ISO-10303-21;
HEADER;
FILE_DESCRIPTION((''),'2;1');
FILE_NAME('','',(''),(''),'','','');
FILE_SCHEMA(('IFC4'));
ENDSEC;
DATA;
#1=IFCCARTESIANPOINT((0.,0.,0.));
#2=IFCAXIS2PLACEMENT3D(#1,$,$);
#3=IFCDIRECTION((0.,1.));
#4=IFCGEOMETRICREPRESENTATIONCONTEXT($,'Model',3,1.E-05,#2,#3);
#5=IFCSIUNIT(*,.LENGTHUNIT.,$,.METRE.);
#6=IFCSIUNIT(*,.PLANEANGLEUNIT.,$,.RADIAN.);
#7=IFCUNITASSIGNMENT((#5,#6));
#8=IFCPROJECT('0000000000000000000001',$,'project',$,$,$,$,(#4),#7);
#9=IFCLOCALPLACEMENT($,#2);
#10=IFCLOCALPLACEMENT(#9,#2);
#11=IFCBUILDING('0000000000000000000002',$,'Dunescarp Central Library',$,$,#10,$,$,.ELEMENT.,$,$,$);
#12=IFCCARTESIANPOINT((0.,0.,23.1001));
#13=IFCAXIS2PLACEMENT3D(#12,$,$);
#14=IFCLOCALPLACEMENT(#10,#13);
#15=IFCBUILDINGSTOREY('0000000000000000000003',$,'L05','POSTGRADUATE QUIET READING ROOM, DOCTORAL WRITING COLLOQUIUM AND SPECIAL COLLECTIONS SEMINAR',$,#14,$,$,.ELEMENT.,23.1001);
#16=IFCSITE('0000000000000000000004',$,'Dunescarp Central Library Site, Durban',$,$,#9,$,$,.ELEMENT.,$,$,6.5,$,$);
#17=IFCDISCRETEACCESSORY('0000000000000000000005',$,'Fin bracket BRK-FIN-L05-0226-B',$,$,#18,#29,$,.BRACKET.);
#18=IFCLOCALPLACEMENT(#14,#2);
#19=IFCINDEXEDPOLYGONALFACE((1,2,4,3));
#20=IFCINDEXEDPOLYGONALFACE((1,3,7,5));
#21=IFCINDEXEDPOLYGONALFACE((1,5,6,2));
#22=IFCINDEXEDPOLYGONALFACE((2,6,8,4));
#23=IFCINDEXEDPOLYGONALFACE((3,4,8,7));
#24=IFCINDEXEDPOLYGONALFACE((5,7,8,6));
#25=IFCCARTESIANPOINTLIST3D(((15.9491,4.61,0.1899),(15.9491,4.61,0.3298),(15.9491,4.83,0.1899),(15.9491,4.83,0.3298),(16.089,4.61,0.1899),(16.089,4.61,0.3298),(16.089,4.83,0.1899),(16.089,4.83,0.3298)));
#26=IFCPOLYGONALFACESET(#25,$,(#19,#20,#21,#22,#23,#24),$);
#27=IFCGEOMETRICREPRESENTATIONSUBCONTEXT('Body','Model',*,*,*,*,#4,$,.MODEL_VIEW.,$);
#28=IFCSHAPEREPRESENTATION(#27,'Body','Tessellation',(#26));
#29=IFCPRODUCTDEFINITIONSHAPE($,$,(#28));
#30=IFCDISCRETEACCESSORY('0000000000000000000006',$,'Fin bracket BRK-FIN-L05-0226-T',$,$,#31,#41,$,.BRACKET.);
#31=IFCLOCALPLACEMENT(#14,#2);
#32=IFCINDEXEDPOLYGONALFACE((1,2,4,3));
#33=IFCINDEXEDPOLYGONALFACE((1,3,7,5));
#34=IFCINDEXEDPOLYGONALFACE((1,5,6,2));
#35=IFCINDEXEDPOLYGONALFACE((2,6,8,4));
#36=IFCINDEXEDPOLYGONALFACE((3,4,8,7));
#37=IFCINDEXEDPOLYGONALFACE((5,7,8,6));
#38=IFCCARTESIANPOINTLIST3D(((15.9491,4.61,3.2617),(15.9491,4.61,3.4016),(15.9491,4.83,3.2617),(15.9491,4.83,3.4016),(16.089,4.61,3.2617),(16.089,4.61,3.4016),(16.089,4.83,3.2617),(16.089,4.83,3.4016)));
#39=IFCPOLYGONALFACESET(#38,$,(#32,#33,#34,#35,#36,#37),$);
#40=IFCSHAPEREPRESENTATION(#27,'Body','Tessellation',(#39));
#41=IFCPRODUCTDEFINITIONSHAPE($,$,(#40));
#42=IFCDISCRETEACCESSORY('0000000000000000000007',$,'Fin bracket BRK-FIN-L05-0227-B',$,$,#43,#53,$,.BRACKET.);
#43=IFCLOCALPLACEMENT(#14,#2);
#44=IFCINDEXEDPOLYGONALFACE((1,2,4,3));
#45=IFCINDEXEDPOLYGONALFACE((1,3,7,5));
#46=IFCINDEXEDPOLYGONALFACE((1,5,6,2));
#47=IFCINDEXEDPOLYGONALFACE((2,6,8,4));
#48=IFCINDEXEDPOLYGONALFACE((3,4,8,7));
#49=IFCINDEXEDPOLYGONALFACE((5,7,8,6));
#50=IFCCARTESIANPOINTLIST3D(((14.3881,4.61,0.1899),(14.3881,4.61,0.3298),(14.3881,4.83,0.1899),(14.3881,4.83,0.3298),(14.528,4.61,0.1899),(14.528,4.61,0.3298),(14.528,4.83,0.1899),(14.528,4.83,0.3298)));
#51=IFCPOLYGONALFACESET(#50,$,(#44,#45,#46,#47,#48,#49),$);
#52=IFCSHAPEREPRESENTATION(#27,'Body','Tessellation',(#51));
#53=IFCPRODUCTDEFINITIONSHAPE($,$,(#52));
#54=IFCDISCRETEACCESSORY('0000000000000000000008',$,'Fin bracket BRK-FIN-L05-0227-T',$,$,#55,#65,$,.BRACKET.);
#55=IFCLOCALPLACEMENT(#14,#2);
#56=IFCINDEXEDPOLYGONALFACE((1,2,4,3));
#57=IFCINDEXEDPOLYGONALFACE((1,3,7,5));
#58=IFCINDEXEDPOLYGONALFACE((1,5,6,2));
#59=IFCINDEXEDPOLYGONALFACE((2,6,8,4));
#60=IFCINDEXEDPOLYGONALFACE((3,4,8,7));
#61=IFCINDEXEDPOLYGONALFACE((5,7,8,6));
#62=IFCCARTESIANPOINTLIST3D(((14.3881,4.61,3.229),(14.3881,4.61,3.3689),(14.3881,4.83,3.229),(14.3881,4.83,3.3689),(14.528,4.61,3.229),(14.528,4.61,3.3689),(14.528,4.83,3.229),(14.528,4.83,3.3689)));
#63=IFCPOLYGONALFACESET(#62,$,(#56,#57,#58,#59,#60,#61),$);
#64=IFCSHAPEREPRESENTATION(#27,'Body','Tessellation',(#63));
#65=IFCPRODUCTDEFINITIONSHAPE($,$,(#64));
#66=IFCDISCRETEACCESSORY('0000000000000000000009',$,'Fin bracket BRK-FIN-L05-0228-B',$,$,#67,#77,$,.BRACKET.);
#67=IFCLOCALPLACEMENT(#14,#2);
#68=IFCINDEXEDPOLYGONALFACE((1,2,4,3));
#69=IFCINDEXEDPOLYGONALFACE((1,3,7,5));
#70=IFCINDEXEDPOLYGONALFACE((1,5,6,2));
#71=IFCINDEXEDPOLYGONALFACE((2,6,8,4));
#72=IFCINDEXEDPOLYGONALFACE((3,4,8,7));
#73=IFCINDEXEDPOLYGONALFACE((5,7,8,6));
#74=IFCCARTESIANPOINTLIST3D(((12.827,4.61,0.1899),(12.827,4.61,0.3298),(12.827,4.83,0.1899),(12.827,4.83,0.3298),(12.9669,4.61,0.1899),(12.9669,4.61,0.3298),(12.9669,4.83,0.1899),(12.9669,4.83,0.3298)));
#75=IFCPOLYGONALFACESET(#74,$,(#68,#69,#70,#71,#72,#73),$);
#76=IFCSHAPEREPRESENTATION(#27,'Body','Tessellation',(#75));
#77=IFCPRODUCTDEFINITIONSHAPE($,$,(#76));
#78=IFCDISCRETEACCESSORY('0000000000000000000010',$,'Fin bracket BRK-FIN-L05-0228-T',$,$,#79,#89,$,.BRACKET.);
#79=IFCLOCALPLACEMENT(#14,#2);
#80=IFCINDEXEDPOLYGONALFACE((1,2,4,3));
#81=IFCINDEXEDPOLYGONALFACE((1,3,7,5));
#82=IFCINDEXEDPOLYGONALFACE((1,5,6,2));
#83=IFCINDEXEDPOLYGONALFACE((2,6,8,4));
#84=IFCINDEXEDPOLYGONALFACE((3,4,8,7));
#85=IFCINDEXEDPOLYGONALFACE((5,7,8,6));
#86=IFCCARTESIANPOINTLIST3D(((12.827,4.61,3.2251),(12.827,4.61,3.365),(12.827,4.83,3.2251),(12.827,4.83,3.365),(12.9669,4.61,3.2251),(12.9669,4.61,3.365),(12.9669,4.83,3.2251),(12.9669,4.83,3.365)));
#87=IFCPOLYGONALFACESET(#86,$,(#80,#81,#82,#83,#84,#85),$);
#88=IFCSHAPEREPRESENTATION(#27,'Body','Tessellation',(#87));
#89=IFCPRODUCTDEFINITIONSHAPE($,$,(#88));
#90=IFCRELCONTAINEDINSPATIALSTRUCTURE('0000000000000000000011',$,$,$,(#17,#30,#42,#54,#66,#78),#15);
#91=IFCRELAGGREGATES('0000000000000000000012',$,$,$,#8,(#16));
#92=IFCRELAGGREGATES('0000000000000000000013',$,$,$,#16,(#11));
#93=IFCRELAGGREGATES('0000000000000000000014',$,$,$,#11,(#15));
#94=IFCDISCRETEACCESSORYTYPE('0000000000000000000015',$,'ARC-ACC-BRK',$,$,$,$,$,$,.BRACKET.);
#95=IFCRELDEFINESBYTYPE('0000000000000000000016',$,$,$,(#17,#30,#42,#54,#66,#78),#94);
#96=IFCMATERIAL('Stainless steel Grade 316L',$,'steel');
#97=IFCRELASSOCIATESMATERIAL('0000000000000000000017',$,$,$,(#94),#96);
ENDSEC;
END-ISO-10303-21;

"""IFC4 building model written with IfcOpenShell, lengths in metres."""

from ifc_helpers import new_model, si_unit, direction, frame, origin, origin_2d, place, context, subcontext, project, spatial, rectangle, extrude, material, type_object, element, save


model = new_model("IFC4")

# Units and contexts
model_context = context("Model", 3, precision=1e-05, world=origin(), true_north=direction((0.0, 1.0)))
body_context = subcontext(model_context, "Body", "Model", "MODEL_VIEW")
ifc_project = project(units=[si_unit("LENGTHUNIT", "METRE"), si_unit("PLANEANGLEUNIT", "RADIAN")], contexts=[model_context])

# Site, building, storey
site_placement = place(None, origin())
site = spatial("IfcSite", under=ifc_project, at=site_placement, Name="Dunescarp Central Library Site, Durban", CompositionType="ELEMENT", RefElevation=6.5)
building_placement = place(site_placement, origin())
building = spatial("IfcBuilding", under=site, at=building_placement, Name="Dunescarp Central Library", CompositionType="ELEMENT")
storey_placement = place(building_placement, frame((0.0, 0.0, 23.1001)))
storey = spatial("IfcBuildingStorey", under=building, at=storey_placement, Name="L05", Description="POSTGRADUATE QUIET READING ROOM, DOCTORAL WRITING COLLOQUIUM AND SPECIAL COLLECTIONS SEMINAR", CompositionType="ELEMENT", Elevation=23.1001)

# Discrete accessories
ifc_material_1 = material(Name="Stainless steel Grade 316L", Category="steel")
discrete_accessory_type = type_object("IfcDiscreteAccessoryType", Name="ARC-ACC-BRK", PredefinedType="BRACKET", material=ifc_material_1)
for number, where, z_axis, x_axis, name in (
    (1, (16.019, 4.72, 0.1899), (0.0, 0.0, 1.0), (0.0, -1.0, 0.0), "Fin bracket BRK-FIN-L05-0226-B"),
    (2, (16.019, 4.72, 3.2617), (0.0, 0.0, 1.0), (0.0, -1.0, 0.0), "Fin bracket BRK-FIN-L05-0226-T"),
    (3, (14.458, 4.72, 0.1899), (0.0, 0.0, 1.0), (0.0, -1.0, 0.0), "Fin bracket BRK-FIN-L05-0227-B"),
    (4, (14.458, 4.72, 3.229), (0.0, 0.0, 1.0), (0.0, -1.0, 0.0), "Fin bracket BRK-FIN-L05-0227-T"),
    (5, (12.897, 4.72, 0.1899), (0.0, 0.0, 1.0), (0.0, -1.0, 0.0), "Fin bracket BRK-FIN-L05-0228-B"),
    (6, (12.897, 4.72, 3.2251), (0.0, 0.0, 1.0), (0.0, -1.0, 0.0), "Fin bracket BRK-FIN-L05-0228-T"),
):
    element("IfcDiscreteAccessory", number, at=place(storey_placement, frame(where, z_axis=z_axis, x_axis=x_axis)), inside=storey, type_object=discrete_accessory_type, Name=name, PredefinedType="BRACKET", context=body_context, shape_type="SweptSolid", body=[
        extrude(rectangle(XDim=0.22, YDim=0.1399, at=origin_2d()), origin(), (0.0, 0.0, 1.0), 0.1399),
    ])

save(model, "model.ifc")
